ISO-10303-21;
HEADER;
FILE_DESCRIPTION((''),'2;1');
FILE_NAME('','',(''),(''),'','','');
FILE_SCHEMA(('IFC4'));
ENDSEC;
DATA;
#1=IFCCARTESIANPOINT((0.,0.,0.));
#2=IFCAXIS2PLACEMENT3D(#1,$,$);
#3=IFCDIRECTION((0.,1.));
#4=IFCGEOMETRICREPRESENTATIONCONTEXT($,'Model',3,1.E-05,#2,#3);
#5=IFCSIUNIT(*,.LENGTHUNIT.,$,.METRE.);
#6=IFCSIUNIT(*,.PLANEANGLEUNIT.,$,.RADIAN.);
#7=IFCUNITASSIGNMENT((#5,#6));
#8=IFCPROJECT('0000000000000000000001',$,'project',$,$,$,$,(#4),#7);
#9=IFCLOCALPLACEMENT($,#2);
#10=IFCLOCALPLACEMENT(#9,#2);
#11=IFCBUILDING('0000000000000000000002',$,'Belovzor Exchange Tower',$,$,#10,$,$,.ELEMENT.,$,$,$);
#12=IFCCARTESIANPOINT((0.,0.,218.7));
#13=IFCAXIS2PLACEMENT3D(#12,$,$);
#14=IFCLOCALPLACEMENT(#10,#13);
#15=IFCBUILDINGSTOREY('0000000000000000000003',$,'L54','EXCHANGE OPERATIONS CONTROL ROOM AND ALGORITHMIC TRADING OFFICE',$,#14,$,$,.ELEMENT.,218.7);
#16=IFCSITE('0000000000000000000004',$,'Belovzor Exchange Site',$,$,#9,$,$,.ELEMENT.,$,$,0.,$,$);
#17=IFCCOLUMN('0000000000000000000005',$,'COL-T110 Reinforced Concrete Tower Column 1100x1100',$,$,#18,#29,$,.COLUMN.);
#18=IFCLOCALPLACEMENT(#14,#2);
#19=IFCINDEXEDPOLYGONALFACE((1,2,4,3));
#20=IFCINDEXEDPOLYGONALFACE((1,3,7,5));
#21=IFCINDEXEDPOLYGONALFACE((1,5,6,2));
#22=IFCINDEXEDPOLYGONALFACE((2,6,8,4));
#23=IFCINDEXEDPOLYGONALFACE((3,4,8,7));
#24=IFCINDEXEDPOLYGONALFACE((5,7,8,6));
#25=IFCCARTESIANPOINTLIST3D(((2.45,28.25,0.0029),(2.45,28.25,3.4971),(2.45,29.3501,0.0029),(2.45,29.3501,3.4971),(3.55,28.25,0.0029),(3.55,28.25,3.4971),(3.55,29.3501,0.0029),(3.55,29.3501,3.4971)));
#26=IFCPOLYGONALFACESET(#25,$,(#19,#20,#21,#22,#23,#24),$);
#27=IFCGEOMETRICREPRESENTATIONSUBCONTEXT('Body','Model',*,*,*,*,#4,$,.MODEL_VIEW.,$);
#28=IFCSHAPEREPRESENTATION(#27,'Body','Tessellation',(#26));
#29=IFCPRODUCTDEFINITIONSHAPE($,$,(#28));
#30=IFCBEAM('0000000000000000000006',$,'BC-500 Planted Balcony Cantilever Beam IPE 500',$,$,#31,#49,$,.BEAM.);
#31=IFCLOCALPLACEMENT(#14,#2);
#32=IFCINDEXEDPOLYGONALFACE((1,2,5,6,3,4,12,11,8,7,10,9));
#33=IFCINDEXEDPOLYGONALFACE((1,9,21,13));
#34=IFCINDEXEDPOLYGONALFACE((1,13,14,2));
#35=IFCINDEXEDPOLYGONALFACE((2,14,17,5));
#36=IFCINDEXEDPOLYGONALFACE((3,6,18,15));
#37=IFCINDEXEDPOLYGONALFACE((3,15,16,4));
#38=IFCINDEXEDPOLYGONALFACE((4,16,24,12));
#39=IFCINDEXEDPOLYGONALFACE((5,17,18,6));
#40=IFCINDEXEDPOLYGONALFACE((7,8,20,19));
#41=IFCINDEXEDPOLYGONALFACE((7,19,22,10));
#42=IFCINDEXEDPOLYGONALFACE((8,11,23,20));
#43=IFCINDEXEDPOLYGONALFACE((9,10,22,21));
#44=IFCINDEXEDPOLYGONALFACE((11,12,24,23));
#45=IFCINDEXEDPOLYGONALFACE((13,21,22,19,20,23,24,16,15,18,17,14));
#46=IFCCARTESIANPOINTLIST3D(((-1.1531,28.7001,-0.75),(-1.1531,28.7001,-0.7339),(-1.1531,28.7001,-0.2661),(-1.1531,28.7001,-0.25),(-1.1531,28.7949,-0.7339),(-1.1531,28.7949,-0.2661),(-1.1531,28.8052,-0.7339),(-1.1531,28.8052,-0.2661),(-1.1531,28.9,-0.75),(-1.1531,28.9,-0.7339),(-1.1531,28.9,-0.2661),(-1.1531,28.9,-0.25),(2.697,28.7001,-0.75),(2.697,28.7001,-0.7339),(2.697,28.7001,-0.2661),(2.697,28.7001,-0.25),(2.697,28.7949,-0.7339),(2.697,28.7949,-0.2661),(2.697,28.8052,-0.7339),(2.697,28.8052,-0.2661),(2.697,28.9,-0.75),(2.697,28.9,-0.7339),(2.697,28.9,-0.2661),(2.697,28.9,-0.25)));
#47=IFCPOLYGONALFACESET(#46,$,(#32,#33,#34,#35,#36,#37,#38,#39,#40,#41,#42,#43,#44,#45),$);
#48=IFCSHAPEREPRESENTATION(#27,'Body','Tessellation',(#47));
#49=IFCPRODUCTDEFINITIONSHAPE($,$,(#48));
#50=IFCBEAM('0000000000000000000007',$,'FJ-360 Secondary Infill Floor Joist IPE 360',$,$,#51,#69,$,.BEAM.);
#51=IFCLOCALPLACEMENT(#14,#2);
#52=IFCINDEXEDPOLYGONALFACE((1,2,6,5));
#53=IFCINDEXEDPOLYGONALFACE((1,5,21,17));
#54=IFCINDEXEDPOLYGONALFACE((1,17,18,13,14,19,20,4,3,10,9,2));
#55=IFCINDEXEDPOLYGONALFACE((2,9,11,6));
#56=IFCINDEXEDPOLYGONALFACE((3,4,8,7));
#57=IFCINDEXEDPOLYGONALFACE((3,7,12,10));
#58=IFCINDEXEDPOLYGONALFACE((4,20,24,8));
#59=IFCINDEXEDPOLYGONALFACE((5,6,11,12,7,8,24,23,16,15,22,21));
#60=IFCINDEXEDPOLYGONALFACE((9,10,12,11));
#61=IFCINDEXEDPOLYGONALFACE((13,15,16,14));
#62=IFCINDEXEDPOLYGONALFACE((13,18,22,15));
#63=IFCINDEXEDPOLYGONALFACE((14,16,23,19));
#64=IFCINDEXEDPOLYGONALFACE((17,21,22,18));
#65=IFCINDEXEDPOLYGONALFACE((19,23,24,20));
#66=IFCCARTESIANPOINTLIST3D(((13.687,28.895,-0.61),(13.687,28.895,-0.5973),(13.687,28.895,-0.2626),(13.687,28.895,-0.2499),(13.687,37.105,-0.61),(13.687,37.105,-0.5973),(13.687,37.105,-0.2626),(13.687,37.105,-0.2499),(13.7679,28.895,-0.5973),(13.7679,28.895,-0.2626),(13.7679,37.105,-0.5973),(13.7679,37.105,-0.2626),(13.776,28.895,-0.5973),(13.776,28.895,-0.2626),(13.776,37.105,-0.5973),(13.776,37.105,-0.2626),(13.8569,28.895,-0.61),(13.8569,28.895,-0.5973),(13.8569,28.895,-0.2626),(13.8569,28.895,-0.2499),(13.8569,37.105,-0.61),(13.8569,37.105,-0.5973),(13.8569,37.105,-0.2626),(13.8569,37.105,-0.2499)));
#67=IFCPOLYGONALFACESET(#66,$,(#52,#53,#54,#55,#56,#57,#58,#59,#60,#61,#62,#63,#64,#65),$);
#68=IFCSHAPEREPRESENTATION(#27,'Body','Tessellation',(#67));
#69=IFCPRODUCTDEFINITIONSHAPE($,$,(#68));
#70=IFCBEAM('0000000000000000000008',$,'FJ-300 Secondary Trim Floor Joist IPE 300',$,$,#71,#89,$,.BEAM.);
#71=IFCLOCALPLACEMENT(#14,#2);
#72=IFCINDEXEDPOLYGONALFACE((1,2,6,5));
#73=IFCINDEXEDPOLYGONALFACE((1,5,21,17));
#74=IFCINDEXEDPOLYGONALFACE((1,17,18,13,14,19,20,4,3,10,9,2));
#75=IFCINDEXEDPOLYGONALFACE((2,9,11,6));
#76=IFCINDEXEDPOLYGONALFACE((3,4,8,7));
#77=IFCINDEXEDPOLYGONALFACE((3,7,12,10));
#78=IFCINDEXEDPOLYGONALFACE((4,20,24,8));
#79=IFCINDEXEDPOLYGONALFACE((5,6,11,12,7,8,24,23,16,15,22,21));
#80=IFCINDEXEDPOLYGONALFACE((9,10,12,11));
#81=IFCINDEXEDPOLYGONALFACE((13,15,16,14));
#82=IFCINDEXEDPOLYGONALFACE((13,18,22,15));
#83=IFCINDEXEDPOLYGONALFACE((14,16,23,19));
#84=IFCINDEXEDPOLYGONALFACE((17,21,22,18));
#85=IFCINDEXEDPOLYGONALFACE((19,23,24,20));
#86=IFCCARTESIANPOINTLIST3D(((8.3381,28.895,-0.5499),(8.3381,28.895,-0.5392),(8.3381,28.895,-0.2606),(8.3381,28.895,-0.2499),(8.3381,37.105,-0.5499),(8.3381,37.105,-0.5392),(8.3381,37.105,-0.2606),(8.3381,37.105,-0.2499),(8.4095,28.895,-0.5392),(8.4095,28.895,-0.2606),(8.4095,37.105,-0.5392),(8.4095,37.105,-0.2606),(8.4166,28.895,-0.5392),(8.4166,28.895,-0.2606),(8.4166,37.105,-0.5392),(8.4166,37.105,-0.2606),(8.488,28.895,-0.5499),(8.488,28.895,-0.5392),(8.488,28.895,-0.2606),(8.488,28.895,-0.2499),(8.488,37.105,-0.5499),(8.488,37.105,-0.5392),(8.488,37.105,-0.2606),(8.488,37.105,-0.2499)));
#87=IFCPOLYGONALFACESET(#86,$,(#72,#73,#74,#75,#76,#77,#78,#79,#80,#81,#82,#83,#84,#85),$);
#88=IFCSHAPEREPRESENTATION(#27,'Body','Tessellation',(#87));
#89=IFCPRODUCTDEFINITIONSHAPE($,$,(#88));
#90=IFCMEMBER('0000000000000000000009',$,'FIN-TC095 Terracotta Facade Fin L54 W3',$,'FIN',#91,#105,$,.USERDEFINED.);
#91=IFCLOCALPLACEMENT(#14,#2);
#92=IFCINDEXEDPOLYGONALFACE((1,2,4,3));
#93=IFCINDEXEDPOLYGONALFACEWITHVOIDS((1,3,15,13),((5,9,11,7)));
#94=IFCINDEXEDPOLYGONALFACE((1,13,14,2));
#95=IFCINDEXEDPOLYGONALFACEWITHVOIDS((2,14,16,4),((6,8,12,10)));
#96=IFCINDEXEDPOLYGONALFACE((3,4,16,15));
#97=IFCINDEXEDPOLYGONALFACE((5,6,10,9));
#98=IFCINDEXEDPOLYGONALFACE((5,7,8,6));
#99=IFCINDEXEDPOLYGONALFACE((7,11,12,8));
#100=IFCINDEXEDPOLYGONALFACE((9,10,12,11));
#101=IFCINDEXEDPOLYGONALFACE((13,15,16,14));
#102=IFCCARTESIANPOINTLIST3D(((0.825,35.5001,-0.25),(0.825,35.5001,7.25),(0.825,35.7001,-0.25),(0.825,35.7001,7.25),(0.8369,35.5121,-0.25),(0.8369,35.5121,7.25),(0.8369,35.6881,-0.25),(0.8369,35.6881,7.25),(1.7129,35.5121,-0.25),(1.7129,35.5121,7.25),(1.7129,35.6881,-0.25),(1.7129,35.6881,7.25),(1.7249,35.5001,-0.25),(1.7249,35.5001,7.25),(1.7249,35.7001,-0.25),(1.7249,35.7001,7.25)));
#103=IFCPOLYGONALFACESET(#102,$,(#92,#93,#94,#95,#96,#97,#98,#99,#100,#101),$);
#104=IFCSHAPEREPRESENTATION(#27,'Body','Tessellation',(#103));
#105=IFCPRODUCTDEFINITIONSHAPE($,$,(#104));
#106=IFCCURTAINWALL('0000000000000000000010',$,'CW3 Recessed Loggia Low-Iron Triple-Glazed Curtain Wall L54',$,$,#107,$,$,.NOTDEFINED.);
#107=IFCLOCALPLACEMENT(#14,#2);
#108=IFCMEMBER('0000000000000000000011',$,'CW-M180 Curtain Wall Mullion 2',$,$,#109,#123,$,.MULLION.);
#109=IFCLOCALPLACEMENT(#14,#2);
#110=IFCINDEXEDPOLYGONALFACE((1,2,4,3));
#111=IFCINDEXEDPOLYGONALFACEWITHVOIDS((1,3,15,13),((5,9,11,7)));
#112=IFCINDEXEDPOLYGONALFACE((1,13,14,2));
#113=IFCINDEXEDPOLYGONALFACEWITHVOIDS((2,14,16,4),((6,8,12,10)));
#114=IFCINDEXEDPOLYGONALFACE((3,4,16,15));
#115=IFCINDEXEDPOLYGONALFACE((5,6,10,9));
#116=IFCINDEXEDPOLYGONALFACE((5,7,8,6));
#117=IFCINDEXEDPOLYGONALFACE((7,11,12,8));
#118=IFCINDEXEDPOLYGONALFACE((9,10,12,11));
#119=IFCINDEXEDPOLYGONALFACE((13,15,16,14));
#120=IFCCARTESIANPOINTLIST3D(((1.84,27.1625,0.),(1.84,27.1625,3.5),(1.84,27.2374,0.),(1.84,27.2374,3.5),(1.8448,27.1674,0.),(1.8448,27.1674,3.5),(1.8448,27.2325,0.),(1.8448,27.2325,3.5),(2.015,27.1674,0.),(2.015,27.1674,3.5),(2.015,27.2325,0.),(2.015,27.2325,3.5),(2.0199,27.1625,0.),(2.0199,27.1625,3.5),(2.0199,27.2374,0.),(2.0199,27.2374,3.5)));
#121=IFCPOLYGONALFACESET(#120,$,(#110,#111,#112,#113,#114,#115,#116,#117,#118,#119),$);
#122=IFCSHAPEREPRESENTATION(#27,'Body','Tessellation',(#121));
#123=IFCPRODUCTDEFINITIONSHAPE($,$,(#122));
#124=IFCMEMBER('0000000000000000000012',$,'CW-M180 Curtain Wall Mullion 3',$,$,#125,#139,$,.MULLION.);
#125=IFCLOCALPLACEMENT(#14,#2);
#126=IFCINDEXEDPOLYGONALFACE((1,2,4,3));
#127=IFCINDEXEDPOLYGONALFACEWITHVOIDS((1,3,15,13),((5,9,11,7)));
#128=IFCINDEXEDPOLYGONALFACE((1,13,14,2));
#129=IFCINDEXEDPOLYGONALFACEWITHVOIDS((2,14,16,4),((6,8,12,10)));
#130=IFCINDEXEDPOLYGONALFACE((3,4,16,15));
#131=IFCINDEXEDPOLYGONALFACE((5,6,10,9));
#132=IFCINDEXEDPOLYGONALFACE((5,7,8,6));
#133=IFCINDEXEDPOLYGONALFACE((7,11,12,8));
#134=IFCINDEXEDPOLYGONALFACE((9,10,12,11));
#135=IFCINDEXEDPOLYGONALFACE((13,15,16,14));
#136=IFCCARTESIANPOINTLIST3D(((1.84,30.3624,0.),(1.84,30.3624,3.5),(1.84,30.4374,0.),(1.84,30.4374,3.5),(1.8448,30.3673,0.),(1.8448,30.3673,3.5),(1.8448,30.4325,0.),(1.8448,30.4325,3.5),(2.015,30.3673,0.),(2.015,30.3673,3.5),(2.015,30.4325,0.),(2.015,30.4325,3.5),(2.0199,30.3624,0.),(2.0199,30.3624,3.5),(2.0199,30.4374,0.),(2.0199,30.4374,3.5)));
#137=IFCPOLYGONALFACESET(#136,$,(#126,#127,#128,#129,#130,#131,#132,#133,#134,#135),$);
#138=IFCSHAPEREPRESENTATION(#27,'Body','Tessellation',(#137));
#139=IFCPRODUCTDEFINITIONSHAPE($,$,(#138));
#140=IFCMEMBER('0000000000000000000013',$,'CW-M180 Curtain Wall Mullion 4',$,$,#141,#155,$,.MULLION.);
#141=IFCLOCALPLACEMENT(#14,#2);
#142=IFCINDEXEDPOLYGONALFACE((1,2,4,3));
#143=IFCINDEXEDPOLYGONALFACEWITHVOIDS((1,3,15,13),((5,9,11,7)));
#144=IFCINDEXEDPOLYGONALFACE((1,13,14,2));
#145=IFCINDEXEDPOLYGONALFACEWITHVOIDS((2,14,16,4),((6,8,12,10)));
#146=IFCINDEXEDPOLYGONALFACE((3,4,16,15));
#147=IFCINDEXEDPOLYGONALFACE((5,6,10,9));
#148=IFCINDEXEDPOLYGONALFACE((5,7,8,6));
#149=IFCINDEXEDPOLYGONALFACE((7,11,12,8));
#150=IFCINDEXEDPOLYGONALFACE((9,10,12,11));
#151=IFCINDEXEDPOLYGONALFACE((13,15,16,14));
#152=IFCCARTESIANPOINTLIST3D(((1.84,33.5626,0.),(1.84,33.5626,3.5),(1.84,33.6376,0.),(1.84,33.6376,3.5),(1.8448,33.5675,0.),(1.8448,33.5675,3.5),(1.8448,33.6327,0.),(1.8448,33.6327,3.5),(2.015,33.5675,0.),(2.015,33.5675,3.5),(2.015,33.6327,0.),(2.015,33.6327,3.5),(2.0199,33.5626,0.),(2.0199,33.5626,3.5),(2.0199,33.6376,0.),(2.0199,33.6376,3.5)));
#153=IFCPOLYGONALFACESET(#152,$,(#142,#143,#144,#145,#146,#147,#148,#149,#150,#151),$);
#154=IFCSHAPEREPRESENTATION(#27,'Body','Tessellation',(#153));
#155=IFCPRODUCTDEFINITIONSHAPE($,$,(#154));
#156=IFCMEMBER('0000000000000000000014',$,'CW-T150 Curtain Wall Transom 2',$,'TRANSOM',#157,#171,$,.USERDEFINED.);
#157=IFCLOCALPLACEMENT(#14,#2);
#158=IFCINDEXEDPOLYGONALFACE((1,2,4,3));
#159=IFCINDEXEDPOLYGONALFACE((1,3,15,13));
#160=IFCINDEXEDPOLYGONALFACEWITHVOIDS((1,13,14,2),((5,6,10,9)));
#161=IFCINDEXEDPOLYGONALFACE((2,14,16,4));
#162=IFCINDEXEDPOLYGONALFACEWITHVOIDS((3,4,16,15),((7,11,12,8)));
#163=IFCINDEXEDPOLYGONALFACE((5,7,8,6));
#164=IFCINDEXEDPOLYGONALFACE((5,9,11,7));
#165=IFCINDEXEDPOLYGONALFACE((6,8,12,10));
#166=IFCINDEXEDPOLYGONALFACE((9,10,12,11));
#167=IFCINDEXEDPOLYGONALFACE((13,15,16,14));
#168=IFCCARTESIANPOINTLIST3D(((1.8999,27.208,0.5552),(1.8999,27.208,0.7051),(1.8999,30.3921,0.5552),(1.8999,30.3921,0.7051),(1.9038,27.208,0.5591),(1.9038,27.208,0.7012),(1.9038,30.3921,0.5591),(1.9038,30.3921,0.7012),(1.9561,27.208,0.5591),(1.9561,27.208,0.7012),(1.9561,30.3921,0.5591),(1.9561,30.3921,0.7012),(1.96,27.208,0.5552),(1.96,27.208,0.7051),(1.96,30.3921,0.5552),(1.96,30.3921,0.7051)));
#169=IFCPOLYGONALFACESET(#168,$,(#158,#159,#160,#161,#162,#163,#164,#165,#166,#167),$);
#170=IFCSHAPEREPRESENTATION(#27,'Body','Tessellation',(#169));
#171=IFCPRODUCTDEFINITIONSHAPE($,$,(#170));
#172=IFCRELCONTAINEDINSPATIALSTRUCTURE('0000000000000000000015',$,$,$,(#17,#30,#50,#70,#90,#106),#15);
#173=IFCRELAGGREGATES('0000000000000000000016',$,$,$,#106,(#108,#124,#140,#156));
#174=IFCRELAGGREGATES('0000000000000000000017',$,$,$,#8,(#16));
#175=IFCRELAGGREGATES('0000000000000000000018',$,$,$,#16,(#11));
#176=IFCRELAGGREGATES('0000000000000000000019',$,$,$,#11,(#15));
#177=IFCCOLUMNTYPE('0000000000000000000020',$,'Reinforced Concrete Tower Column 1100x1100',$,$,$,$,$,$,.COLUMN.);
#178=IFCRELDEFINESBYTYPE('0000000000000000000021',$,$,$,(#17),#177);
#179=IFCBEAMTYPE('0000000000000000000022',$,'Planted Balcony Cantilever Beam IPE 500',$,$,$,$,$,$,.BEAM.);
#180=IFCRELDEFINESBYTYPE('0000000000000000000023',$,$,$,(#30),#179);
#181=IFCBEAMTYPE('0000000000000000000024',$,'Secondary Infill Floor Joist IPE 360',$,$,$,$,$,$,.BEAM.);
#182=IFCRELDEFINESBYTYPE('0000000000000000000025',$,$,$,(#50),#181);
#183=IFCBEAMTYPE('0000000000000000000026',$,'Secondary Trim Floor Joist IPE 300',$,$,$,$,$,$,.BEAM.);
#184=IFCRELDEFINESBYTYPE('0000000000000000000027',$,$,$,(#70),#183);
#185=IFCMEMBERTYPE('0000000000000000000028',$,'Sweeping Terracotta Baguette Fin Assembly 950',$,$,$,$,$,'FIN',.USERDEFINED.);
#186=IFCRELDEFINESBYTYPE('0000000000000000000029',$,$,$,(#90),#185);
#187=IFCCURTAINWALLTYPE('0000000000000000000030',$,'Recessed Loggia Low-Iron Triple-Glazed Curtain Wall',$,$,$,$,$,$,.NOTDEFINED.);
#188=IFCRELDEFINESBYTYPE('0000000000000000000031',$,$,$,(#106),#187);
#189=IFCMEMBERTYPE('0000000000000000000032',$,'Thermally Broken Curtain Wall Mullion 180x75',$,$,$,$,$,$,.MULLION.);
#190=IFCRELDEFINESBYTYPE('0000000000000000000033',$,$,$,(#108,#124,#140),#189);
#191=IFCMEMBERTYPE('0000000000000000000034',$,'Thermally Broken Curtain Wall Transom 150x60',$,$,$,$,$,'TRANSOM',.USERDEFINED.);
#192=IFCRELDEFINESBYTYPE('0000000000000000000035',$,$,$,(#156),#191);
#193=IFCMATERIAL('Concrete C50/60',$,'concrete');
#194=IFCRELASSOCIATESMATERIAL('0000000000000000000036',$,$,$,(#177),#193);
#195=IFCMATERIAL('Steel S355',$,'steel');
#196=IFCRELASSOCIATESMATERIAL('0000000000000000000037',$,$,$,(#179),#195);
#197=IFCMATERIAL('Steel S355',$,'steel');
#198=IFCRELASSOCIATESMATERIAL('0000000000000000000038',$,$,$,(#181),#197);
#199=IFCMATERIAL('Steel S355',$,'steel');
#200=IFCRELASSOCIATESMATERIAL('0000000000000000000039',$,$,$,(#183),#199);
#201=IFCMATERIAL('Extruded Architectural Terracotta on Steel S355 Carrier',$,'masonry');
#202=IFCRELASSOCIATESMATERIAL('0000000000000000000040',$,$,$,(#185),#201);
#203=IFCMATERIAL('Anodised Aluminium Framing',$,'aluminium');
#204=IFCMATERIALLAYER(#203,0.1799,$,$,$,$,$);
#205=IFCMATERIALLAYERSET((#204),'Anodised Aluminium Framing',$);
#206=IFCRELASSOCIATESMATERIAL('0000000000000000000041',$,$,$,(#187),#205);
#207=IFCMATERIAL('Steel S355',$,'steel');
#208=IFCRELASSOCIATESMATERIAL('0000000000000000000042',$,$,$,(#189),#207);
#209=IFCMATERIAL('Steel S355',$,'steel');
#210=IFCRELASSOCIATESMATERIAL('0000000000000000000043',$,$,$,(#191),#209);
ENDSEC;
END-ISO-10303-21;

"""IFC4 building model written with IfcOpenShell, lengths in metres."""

from ifc_helpers import new_model, si_unit, direction, frame, origin, origin_2d, place, context, subcontext, project, spatial, rectangle, hollow_rectangle, i_section, extrude, material, layer, layer_set, material_profile, profile_set, type_object, element, aggregate, save


model = new_model("IFC4")

# Units and contexts
model_context = context("Model", 3, precision=1e-05, world=origin(), true_north=direction((0.0, 1.0)))
body_context = subcontext(model_context, "Body", "Model", "MODEL_VIEW")
ifc_project = project(units=[si_unit("LENGTHUNIT", "METRE"), si_unit("PLANEANGLEUNIT", "RADIAN")], contexts=[model_context])

# Site, building, storey
site_placement = place(None, origin())
site = spatial("IfcSite", under=ifc_project, at=site_placement, Name="Belovzor Exchange Site", CompositionType="ELEMENT", RefElevation=0.0)
building_placement = place(site_placement, origin())
building = spatial("IfcBuilding", under=site, at=building_placement, Name="Belovzor Exchange Tower", CompositionType="ELEMENT")
storey_placement = place(building_placement, frame((0.0, 0.0, 218.7)))
storey = spatial("IfcBuildingStorey", under=building, at=storey_placement, Name="L54", Description="EXCHANGE OPERATIONS CONTROL ROOM AND ALGORITHMIC TRADING OFFICE", CompositionType="ELEMENT", Elevation=218.7)

# Column
ifc_material_1 = material(Name="Concrete C50/60", Category="concrete")
ifc_material_profile_1 = material_profile(ifc_material_1, rectangle(XDim=1.1001, YDim=1.1001, at=origin_2d()))
ifc_profile_set_1 = profile_set([ifc_material_profile_1], Name="Concrete C50/60")
column_type = type_object("IfcColumnType", Name="Reinforced Concrete Tower Column 1100x1100", PredefinedType="COLUMN", material=ifc_profile_set_1)
column_placement = place(storey_placement, frame((3.0, 28.8, 0.0029), z_axis=(0.0, 0.0, 1.0), x_axis=(1.0, 0.0, 0.0)))
element("IfcColumn", 1, at=column_placement, inside=storey, type_object=column_type, Name="COL-T110 Reinforced Concrete Tower Column 1100x1100", PredefinedType="COLUMN", context=body_context, shape_type="SweptSolid", body=[
    extrude(rectangle(XDim=1.1001, YDim=1.1001, at=origin_2d()), origin(), (0.0, 0.0, 1.0), 3.4941),
])

# Beams
ifc_material_2 = material(Name="Steel S355", Category="steel")
ifc_material_profile_2 = material_profile(ifc_material_2, i_section(OverallWidth=0.2, OverallDepth=0.5, WebThickness=0.0103, FlangeThickness=0.0161, at=origin_2d()))
ifc_profile_set_2 = profile_set([ifc_material_profile_2], Name="Steel S355")
beam_type_1 = type_object("IfcBeamType", Name="Planted Balcony Cantilever Beam IPE 500", PredefinedType="BEAM", material=ifc_profile_set_2)
beam_1_placement = place(storey_placement, frame((2.697, 28.8, -0.5), z_axis=(-1.0, 0.0, 0.0), x_axis=(0.0, -1.0, 0.0)))
element("IfcBeam", 2, at=beam_1_placement, inside=storey, type_object=beam_type_1, Name="BC-500 Planted Balcony Cantilever Beam IPE 500", PredefinedType="BEAM", context=body_context, shape_type="SweptSolid", body=[
    extrude(i_section(OverallWidth=0.2, OverallDepth=0.5, WebThickness=0.0103, FlangeThickness=0.0161, at=origin_2d()), origin(), (0.0, 0.0, 1.0), 3.8501),
])
ifc_material_3 = material(Name="Steel S355", Category="steel")
ifc_material_profile_3 = material_profile(ifc_material_3, i_section(OverallWidth=0.1699, OverallDepth=0.3601, WebThickness=0.0081, FlangeThickness=0.0127, at=origin_2d()))
ifc_profile_set_3 = profile_set([ifc_material_profile_3], Name="Steel S355")
beam_type_2 = type_object("IfcBeamType", Name="Secondary Infill Floor Joist IPE 360", PredefinedType="BEAM", material=ifc_profile_set_3)
beam_2_placement = place(storey_placement, frame((13.772, 28.895, -0.4299), z_axis=(0.0, 1.0, 0.0), x_axis=(-1.0, 0.0, 0.0)))
element("IfcBeam", 3, at=beam_2_placement, inside=storey, type_object=beam_type_2, Name="FJ-360 Secondary Infill Floor Joist IPE 360", PredefinedType="BEAM", context=body_context, shape_type="SweptSolid", body=[
    extrude(i_section(OverallWidth=0.1699, OverallDepth=0.3601, WebThickness=0.0081, FlangeThickness=0.0127, at=origin_2d()), origin(), (0.0, 0.0, 1.0), 8.21),
])
ifc_material_4 = material(Name="Steel S355", Category="steel")
ifc_material_profile_4 = material_profile(ifc_material_4, i_section(OverallWidth=0.1499, OverallDepth=0.3, WebThickness=0.0071, FlangeThickness=0.0107, at=origin_2d()))
ifc_profile_set_4 = profile_set([ifc_material_profile_4], Name="Steel S355")
beam_type_3 = type_object("IfcBeamType", Name="Secondary Trim Floor Joist IPE 300", PredefinedType="BEAM", material=ifc_profile_set_4)
beam_3_placement = place(storey_placement, frame((8.4131, 28.895, -0.3999), z_axis=(0.0, 1.0, 0.0), x_axis=(-1.0, 0.0, 0.0)))
element("IfcBeam", 4, at=beam_3_placement, inside=storey, type_object=beam_type_3, Name="FJ-300 Secondary Trim Floor Joist IPE 300", PredefinedType="BEAM", context=body_context, shape_type="SweptSolid", body=[
    extrude(i_section(OverallWidth=0.1499, OverallDepth=0.3, WebThickness=0.0071, FlangeThickness=0.0107, at=origin_2d()), origin(), (0.0, 0.0, 1.0), 8.21),
])

# Member
ifc_material_5 = material(Name="Extruded Architectural Terracotta on Steel S355 Carrier", Category="masonry")
ifc_material_profile_5 = material_profile(ifc_material_5, hollow_rectangle(XDim=0.2, YDim=0.8999, WallThickness=0.012, at=origin_2d()))
ifc_profile_set_5 = profile_set([ifc_material_profile_5], Name="Extruded Architectural Terracotta on Steel S355 Carrier")
member_type_1 = type_object("IfcMemberType", Name="Sweeping Terracotta Baguette Fin Assembly 950", ElementType="FIN", PredefinedType="USERDEFINED", material=ifc_profile_set_5)
member_1_placement = place(storey_placement, frame((1.2749, 35.6001, -0.25), z_axis=(0.0, 0.0, 1.0), x_axis=(0.0, 1.0, 0.0)))
element("IfcMember", 5, at=member_1_placement, inside=storey, type_object=member_type_1, Name="FIN-TC095 Terracotta Facade Fin L54 W3", ObjectType="FIN", PredefinedType="USERDEFINED", context=body_context, shape_type="SweptSolid", body=[
    extrude(hollow_rectangle(XDim=0.2, YDim=0.8999, WallThickness=0.012, at=origin_2d()), origin(), (0.0, 0.0, 1.0), 7.5),
])

# Curtain wall, members
ifc_material_6 = material(Name="Anodised Aluminium Framing", Category="aluminium")
ifc_layer_1 = layer(ifc_material_6, 0.1799)
ifc_layer_set_1 = layer_set([ifc_layer_1], Name="Anodised Aluminium Framing")
curtain_wall_type = type_object("IfcCurtainWallType", Name="Recessed Loggia Low-Iron Triple-Glazed Curtain Wall", PredefinedType="NOTDEFINED", material=ifc_layer_set_1)
curtain_wall_placement = place(storey_placement, origin())
curtain_wall = element("IfcCurtainWall", 6, at=curtain_wall_placement, inside=storey, type_object=curtain_wall_type, Name="CW3 Recessed Loggia Low-Iron Triple-Glazed Curtain Wall L54", PredefinedType="NOTDEFINED")
ifc_material_7 = material(Name="Steel S355", Category="steel")
ifc_material_profile_6 = material_profile(ifc_material_7, hollow_rectangle(XDim=0.075, YDim=0.1799, WallThickness=0.0049, at=origin_2d()))
ifc_profile_set_6 = profile_set([ifc_material_profile_6], Name="Steel S355")
member_type_2 = type_object("IfcMemberType", Name="Thermally Broken Curtain Wall Mullion 180x75", PredefinedType="MULLION", material=ifc_profile_set_6)
member_2_placement = place(storey_placement, frame((1.9299, 27.2, 0.0), z_axis=(0.0, 0.0, 1.0), x_axis=(0.0, 1.0, 0.0)))
member_2 = element("IfcMember", 7, at=member_2_placement, type_object=member_type_2, Name="CW-M180 Curtain Wall Mullion 2", PredefinedType="MULLION", context=body_context, shape_type="SweptSolid", body=[
    extrude(hollow_rectangle(XDim=0.075, YDim=0.1799, WallThickness=0.0049, at=origin_2d()), origin(), (0.0, 0.0, 1.0), 3.5),
])
member_3_placement = place(storey_placement, frame((1.9299, 30.3999, 0.0), z_axis=(0.0, 0.0, 1.0), x_axis=(0.0, 1.0, 0.0)))
member_3 = element("IfcMember", 8, at=member_3_placement, type_object=member_type_2, Name="CW-M180 Curtain Wall Mullion 3", PredefinedType="MULLION", context=body_context, shape_type="SweptSolid", body=[
    extrude(hollow_rectangle(XDim=0.075, YDim=0.1799, WallThickness=0.0049, at=origin_2d()), origin(), (0.0, 0.0, 1.0), 3.5),
])
member_4_placement = place(storey_placement, frame((1.9299, 33.6001, 0.0), z_axis=(0.0, 0.0, 1.0), x_axis=(0.0, 1.0, 0.0)))
member_4 = element("IfcMember", 9, at=member_4_placement, type_object=member_type_2, Name="CW-M180 Curtain Wall Mullion 4", PredefinedType="MULLION", context=body_context, shape_type="SweptSolid", body=[
    extrude(hollow_rectangle(XDim=0.075, YDim=0.1799, WallThickness=0.0049, at=origin_2d()), origin(), (0.0, 0.0, 1.0), 3.5),
])
ifc_material_8 = material(Name="Steel S355", Category="steel")
ifc_material_profile_7 = material_profile(ifc_material_8, hollow_rectangle(XDim=0.0601, YDim=0.1499, WallThickness=0.0039, at=origin_2d()))
ifc_profile_set_7 = profile_set([ifc_material_profile_7], Name="Steel S355")
member_type_3 = type_object("IfcMemberType", Name="Thermally Broken Curtain Wall Transom 150x60", ElementType="TRANSOM", PredefinedType="USERDEFINED", material=ifc_profile_set_7)
member_5_placement = place(storey_placement, frame((1.9299, 27.208, 0.6301), z_axis=(0.0, 1.0, 0.0), x_axis=(-1.0, 0.0, 0.0)))
member_5 = element("IfcMember", 10, at=member_5_placement, type_object=member_type_3, Name="CW-T150 Curtain Wall Transom 2", ObjectType="TRANSOM", PredefinedType="USERDEFINED", context=body_context, shape_type="SweptSolid", body=[
    extrude(hollow_rectangle(XDim=0.0601, YDim=0.1499, WallThickness=0.0039, at=origin_2d()), origin(), (0.0, 0.0, 1.0), 3.1841),
])

aggregate(curtain_wall, [member_2, member_3, member_4, member_5])

save(model, "model.ifc")
